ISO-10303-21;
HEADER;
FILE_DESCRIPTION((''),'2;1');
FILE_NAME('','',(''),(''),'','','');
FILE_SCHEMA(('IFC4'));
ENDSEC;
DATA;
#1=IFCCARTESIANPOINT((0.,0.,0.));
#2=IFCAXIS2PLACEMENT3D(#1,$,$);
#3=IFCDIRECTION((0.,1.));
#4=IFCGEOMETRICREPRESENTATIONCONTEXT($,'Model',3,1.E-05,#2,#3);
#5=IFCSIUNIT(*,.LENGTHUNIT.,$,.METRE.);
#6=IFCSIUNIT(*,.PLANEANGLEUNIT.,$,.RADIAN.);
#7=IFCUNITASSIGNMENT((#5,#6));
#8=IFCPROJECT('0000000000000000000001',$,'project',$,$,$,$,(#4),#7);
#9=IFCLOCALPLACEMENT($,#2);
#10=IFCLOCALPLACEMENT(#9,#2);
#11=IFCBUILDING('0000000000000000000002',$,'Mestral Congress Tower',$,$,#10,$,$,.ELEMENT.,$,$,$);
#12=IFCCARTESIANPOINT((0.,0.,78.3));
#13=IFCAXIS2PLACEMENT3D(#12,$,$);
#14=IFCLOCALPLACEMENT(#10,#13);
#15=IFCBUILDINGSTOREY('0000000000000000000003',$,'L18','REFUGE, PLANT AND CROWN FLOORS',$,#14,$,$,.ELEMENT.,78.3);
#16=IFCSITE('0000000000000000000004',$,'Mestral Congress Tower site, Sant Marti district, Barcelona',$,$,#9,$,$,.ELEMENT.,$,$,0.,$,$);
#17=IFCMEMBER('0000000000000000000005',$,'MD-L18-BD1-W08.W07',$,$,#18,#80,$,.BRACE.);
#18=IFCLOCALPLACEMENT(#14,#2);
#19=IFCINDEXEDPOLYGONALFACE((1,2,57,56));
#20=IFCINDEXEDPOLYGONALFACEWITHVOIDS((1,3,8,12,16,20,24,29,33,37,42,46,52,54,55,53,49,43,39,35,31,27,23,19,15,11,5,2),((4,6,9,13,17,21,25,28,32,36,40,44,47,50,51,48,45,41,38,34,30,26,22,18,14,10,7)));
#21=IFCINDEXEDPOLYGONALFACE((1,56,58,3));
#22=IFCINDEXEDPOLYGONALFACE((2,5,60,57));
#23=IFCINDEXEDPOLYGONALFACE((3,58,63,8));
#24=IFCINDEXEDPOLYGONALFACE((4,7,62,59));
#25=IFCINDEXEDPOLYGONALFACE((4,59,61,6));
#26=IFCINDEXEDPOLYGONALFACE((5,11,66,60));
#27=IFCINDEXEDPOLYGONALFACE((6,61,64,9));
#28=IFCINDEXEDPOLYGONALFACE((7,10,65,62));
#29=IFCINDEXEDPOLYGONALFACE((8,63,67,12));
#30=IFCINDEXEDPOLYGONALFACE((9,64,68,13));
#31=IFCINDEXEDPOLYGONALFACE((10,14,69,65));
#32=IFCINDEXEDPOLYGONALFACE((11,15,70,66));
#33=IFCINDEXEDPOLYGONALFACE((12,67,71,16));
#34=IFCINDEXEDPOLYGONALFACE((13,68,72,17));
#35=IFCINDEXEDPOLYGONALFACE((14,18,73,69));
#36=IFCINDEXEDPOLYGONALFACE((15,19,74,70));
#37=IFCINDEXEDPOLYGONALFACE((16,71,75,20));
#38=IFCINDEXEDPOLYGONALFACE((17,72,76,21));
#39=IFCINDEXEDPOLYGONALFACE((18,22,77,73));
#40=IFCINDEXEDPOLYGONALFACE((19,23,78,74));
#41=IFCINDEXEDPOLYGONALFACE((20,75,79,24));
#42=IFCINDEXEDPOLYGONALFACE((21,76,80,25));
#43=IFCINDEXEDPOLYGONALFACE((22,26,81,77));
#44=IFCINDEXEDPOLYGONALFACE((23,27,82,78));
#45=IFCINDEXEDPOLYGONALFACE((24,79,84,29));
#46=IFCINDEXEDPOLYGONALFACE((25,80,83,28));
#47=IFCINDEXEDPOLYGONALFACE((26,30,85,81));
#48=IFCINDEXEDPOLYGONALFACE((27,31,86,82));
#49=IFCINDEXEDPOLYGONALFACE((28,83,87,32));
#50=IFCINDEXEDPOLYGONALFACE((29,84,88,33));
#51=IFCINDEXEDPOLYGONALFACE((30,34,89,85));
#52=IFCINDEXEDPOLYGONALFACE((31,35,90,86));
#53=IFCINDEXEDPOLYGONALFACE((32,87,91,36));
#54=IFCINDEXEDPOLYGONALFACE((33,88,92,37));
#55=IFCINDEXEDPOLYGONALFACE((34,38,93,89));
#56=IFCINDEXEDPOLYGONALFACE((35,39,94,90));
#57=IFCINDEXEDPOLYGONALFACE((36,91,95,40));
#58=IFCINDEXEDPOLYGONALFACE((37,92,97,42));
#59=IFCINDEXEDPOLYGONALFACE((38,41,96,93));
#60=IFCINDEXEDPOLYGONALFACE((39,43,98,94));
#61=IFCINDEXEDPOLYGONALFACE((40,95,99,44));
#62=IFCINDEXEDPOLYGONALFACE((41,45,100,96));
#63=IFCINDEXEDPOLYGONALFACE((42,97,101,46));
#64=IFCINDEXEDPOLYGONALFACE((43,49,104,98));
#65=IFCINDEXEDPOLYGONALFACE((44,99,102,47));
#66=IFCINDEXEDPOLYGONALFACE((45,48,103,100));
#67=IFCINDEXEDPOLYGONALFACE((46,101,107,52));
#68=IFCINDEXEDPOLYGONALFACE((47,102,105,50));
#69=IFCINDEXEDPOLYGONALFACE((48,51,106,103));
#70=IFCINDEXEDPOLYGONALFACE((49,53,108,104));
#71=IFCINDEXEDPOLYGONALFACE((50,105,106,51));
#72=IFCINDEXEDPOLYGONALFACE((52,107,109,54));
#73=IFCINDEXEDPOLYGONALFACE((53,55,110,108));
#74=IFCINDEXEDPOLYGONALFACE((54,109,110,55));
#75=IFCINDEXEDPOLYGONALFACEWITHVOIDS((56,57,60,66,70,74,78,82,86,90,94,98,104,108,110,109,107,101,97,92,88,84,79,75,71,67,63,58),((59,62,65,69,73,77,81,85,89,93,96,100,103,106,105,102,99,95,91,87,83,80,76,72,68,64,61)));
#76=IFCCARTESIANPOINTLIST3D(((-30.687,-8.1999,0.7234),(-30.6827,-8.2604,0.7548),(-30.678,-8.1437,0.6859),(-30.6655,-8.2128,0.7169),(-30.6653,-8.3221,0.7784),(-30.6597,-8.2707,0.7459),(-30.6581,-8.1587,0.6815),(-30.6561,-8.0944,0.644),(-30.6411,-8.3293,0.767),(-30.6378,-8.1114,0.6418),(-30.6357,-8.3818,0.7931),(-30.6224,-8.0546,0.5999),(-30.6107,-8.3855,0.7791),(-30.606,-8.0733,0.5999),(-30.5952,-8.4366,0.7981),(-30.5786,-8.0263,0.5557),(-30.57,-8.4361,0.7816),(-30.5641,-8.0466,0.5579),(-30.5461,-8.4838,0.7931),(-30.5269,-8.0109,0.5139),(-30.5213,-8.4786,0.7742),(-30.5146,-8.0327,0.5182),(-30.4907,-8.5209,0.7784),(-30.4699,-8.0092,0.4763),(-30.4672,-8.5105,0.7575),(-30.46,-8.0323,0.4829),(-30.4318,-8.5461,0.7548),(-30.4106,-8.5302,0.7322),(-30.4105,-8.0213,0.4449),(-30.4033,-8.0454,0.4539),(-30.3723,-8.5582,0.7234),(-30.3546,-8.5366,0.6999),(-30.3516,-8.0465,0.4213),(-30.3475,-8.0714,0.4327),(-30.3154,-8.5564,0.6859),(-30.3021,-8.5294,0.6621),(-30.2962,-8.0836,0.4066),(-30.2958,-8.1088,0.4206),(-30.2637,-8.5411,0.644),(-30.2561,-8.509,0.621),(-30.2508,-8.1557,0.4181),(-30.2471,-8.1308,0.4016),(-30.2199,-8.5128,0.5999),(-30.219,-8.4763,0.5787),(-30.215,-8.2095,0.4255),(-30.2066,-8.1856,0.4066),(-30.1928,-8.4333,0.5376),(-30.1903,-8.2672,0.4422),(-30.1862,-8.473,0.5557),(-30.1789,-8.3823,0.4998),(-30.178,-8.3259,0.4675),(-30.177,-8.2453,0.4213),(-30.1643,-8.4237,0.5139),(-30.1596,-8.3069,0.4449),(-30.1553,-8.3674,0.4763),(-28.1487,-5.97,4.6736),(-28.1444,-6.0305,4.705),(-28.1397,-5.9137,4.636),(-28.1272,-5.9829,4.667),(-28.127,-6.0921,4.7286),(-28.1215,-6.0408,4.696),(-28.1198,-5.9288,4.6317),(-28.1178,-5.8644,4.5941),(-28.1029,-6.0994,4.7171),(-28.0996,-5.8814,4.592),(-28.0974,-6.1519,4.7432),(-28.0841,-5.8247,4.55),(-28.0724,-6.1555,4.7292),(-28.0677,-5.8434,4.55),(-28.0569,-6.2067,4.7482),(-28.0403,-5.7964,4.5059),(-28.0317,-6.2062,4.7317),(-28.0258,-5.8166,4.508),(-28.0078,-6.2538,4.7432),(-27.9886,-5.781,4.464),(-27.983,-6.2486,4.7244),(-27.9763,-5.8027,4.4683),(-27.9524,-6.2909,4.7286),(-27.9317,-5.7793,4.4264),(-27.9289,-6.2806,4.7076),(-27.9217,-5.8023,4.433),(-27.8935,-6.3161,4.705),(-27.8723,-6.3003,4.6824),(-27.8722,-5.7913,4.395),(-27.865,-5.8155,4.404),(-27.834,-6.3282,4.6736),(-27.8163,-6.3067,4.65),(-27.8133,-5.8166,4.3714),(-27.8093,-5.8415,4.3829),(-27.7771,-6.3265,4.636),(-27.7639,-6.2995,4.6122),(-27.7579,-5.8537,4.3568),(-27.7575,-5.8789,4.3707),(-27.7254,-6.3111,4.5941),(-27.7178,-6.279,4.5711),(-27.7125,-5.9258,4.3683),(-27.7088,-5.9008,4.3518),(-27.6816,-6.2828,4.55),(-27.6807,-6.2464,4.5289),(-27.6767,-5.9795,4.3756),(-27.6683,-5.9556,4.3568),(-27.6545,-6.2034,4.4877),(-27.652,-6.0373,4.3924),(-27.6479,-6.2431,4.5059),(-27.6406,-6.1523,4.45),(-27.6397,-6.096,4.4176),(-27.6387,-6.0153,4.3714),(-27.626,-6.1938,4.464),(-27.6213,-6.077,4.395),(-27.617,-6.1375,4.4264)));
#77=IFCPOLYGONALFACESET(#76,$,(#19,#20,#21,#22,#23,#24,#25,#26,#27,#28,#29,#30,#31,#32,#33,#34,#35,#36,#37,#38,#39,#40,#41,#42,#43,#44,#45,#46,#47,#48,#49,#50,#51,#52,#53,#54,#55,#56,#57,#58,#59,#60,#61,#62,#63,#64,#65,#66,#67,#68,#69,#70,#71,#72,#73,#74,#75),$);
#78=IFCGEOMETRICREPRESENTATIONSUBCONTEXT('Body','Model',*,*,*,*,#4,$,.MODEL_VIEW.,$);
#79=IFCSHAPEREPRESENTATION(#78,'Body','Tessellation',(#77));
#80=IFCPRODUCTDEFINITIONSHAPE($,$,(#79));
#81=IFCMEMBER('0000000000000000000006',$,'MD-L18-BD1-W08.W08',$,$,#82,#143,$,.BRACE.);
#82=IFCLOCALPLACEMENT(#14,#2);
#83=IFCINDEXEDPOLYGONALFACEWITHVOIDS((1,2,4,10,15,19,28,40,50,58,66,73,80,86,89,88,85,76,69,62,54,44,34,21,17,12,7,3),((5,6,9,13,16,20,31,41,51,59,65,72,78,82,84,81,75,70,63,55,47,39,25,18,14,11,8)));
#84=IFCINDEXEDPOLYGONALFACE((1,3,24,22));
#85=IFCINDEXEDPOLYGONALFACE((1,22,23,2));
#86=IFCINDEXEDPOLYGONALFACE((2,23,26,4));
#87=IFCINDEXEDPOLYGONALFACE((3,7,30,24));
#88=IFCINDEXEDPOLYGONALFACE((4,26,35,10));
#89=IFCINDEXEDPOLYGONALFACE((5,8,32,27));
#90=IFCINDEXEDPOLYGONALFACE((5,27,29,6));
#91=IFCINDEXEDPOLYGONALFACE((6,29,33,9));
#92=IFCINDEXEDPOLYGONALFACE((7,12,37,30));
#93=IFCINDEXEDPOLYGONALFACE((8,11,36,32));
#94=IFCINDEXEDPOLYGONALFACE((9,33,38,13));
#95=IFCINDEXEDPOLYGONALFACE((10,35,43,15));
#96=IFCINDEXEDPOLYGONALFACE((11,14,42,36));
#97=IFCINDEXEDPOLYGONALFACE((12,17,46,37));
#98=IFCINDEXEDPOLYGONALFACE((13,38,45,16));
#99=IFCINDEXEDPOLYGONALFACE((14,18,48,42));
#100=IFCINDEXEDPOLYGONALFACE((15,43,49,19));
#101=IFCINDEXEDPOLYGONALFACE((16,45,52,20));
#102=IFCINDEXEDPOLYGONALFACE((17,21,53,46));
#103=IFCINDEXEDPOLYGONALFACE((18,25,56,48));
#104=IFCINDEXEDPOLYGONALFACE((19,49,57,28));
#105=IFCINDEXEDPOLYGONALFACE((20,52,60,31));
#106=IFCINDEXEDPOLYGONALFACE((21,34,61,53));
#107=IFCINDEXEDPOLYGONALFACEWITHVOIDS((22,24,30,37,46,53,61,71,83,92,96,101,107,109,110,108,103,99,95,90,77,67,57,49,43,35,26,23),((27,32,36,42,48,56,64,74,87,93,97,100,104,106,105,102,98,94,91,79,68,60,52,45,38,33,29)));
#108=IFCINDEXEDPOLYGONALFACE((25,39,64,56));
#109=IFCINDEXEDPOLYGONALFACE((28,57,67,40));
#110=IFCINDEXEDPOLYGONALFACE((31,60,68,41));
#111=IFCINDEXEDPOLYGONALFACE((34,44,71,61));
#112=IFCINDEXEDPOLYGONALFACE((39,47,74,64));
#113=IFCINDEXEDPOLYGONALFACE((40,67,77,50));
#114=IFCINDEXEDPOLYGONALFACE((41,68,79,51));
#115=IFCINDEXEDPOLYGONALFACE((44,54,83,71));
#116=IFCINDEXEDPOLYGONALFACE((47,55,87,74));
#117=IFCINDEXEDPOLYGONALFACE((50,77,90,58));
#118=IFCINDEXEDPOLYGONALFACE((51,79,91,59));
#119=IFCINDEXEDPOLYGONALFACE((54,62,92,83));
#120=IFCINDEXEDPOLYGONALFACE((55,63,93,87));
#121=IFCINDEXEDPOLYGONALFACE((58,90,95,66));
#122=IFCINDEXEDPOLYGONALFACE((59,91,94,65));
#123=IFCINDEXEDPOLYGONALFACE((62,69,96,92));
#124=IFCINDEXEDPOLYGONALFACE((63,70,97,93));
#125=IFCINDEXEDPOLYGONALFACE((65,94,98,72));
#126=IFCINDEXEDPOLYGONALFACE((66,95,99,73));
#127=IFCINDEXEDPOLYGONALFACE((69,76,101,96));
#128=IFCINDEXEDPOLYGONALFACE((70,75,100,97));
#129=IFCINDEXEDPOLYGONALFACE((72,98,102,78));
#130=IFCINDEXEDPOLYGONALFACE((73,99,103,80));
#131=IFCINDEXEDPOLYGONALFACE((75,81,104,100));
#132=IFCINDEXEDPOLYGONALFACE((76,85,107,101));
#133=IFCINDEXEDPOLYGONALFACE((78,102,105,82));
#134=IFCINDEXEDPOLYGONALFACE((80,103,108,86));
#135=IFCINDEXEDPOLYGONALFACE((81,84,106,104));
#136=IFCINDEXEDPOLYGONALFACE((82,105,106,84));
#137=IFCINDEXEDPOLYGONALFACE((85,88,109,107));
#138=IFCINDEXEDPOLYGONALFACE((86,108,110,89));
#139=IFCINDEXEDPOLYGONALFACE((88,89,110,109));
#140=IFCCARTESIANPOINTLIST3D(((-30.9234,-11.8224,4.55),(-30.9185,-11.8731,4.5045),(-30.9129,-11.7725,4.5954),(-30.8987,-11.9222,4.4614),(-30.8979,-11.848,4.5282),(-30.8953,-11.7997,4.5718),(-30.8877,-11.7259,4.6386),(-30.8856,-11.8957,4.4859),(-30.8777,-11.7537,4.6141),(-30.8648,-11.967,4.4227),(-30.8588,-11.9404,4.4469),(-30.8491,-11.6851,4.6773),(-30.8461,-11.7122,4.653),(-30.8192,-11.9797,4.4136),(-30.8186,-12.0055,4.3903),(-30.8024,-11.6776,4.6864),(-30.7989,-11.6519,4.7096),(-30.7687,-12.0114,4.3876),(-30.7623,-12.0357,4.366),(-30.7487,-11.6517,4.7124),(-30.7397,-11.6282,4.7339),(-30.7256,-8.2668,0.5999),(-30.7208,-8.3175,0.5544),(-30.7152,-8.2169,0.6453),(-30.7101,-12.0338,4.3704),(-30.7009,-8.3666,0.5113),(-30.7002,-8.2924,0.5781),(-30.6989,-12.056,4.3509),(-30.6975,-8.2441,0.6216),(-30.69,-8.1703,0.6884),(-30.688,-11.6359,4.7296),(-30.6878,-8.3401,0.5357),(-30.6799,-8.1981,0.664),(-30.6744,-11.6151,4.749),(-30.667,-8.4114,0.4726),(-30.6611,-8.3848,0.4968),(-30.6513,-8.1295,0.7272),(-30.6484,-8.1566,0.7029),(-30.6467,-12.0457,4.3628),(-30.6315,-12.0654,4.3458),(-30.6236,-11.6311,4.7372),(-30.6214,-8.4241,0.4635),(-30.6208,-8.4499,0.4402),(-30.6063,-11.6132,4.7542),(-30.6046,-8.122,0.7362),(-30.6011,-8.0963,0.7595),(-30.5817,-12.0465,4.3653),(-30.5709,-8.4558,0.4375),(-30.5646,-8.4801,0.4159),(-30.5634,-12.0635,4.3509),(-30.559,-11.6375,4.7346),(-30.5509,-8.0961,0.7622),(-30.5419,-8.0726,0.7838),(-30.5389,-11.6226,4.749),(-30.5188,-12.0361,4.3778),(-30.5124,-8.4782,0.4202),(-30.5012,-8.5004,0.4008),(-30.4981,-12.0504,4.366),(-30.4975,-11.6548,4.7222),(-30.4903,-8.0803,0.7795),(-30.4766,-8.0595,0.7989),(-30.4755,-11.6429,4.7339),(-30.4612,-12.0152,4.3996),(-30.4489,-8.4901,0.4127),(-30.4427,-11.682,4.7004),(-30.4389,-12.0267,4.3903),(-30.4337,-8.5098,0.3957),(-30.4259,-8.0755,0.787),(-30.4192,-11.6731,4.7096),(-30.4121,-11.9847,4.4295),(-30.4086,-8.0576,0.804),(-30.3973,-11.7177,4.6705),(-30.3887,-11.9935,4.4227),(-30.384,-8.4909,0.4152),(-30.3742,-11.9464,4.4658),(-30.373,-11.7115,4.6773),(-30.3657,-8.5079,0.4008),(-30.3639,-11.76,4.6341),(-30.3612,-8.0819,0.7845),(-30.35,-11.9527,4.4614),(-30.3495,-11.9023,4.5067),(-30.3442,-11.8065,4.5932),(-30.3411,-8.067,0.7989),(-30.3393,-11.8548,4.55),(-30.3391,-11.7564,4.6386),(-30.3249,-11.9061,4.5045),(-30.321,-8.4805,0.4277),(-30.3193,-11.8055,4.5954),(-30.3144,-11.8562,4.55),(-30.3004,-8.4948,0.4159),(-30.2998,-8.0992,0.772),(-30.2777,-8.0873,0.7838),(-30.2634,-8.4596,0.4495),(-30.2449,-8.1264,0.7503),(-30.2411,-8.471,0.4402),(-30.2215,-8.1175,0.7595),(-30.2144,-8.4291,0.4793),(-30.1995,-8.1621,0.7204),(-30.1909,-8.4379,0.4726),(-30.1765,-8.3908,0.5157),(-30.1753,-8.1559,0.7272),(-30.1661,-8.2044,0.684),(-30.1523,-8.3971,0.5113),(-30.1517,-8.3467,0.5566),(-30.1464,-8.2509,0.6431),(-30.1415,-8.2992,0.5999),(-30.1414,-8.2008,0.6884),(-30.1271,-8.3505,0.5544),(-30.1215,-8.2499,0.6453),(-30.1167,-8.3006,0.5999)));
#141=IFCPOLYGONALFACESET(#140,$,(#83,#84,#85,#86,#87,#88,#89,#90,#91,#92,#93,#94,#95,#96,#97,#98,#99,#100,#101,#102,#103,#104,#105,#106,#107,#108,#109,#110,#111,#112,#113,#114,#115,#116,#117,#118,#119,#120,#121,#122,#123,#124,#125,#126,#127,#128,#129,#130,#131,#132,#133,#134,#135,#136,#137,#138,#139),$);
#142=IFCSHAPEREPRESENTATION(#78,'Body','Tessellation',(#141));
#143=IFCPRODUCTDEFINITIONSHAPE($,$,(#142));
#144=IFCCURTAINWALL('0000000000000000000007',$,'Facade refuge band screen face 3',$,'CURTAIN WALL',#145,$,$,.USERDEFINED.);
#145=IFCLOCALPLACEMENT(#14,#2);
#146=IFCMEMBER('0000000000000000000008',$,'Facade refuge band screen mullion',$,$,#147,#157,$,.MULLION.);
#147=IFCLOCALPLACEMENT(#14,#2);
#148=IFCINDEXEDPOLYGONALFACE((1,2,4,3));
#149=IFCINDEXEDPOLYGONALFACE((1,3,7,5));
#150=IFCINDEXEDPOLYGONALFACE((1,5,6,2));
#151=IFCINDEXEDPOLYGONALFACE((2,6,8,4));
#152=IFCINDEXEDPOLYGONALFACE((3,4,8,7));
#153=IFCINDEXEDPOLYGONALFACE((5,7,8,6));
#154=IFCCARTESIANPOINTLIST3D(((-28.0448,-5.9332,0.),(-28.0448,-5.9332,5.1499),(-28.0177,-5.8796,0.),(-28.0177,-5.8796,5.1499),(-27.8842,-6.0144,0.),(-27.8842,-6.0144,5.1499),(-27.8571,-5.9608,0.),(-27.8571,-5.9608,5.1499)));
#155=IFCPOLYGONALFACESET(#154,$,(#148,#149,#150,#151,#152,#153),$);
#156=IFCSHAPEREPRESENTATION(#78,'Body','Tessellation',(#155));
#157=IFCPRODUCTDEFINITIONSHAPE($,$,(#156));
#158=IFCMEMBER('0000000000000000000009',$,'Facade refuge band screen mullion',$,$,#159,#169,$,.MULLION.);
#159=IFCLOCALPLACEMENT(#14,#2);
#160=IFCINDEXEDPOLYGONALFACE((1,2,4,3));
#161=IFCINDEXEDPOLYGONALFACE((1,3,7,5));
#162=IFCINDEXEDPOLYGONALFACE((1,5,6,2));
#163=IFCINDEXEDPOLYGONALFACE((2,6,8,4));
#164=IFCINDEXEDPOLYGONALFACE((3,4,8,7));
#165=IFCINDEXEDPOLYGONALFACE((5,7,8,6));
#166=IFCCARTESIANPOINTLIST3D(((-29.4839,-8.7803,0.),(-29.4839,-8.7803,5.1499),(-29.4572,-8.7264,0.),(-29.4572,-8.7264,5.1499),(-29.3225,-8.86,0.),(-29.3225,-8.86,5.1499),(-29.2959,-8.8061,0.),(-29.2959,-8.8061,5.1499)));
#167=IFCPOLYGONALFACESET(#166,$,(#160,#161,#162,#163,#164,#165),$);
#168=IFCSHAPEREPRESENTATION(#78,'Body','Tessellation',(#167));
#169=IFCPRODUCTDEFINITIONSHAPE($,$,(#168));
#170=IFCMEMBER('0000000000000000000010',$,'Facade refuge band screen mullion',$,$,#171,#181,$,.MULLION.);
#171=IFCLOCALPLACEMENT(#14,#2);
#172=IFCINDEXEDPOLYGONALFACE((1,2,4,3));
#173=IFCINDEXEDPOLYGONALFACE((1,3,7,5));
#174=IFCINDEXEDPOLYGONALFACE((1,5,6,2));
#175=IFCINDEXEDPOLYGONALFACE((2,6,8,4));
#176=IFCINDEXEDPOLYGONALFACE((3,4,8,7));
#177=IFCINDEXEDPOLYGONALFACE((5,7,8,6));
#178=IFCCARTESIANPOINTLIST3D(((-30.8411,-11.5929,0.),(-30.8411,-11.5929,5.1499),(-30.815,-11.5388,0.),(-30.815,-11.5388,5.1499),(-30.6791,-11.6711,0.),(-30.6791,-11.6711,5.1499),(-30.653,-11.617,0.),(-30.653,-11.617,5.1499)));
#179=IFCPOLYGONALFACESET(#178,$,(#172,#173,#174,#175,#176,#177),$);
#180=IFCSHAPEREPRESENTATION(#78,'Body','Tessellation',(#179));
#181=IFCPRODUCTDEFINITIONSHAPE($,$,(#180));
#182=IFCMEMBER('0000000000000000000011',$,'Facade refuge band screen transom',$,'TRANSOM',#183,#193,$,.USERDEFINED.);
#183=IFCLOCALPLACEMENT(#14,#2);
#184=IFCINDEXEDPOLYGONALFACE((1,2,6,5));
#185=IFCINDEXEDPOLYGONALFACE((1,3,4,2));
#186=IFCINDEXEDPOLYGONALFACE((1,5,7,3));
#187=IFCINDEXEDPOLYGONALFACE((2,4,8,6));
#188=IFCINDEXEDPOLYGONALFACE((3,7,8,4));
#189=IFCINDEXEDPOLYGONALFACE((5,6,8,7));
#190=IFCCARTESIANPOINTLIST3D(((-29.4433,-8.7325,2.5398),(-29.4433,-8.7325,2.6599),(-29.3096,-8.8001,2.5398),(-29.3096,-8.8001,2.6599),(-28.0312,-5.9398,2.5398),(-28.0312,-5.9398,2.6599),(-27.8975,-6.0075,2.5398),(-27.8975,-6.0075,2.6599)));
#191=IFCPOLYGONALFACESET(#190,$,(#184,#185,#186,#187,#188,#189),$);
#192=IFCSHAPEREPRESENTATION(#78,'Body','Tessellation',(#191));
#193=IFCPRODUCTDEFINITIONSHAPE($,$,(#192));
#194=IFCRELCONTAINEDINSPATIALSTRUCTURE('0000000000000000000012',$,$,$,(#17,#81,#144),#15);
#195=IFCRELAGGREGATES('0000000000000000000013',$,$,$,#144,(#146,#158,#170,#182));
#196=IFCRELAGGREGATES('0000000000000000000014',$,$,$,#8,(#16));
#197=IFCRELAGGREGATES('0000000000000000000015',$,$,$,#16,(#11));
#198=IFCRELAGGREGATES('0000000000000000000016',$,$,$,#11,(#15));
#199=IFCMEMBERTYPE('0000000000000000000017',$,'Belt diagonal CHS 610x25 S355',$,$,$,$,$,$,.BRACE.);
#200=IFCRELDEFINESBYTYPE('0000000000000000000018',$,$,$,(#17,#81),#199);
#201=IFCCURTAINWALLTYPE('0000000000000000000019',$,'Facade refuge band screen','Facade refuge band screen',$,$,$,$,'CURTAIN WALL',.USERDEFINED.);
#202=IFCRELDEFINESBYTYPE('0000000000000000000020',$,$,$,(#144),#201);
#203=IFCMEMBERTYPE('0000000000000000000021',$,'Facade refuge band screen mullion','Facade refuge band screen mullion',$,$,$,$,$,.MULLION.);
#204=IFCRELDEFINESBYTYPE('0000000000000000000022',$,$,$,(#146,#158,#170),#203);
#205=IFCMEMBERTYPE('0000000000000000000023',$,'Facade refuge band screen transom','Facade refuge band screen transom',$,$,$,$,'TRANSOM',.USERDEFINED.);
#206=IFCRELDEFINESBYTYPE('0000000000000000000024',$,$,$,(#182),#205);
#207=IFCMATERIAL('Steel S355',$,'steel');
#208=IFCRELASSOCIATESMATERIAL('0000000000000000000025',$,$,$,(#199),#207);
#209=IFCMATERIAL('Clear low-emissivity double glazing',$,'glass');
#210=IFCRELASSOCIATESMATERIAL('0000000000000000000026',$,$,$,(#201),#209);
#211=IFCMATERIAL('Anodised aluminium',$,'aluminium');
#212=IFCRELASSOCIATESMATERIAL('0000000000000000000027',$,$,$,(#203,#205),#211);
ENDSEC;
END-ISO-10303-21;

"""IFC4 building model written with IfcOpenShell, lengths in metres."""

from ifc_helpers import new_model, si_unit, direction, frame, origin, origin_2d, place, context, subcontext, project, spatial, rectangle, hollow_circle, extrude, material, material_profile, profile_set, type_object, element, aggregate, save


model = new_model("IFC4")

# Units and contexts
model_context = context("Model", 3, precision=1e-05, world=origin(), true_north=direction((0.0, 1.0)))
body_context = subcontext(model_context, "Body", "Model", "MODEL_VIEW")
ifc_project = project(units=[si_unit("LENGTHUNIT", "METRE"), si_unit("PLANEANGLEUNIT", "RADIAN")], contexts=[model_context])

# Site, building, storey
site_placement = place(None, origin())
site = spatial("IfcSite", under=ifc_project, at=site_placement, Name="Mestral Congress Tower site, Sant Marti district, Barcelona", CompositionType="ELEMENT", RefElevation=0.0)
building_placement = place(site_placement, origin())
building = spatial("IfcBuilding", under=site, at=building_placement, Name="Mestral Congress Tower", CompositionType="ELEMENT")
storey_placement = place(building_placement, frame((0.0, 0.0, 78.3)))
storey = spatial("IfcBuildingStorey", under=building, at=storey_placement, Name="L18", Description="REFUGE, PLANT AND CROWN FLOORS", CompositionType="ELEMENT", Elevation=78.3)

# Members
ifc_material_1 = material(Name="Steel S355", Category="steel")
ifc_material_profile_1 = material_profile(ifc_material_1, hollow_circle(Radius=0.3049, WallThickness=0.0249, at=origin_2d()), Name="CHS 610x25")
ifc_profile_set_1 = profile_set([ifc_material_profile_1], Name="Steel S355")
member_type_1 = type_object("IfcMemberType", Name="Belt diagonal CHS 610x25 S355", PredefinedType="BRACE", material=ifc_profile_set_1)
member_1_placement = place(storey_placement, frame((-30.4211, -8.2837, 0.5999), z_axis=(0.488321, 0.429001, 0.759934), x_axis=(-0.660002, 0.751264, 0.0)))
element("IfcMember", 1, at=member_1_placement, inside=storey, type_object=member_type_1, Name="MD-L18-BD1-W08.W07", PredefinedType="BRACE", context=body_context, shape_type="SweptSolid", body=[
    extrude(hollow_circle(Radius=0.3049, WallThickness=0.0249, at=origin_2d()), origin(), (0.0, 0.0, 1.0), 5.198),
])
member_2_placement = place(storey_placement, frame((-30.4211, -8.2837, 0.5999), z_axis=(-0.037183, -0.668553, 0.742734), x_axis=(0.998457, -0.055531, 0.0)))
element("IfcMember", 2, at=member_2_placement, inside=storey, type_object=member_type_1, Name="MD-L18-BD1-W08.W08", PredefinedType="BRACE", context=body_context, shape_type="SweptSolid", body=[
    extrude(hollow_circle(Radius=0.3049, WallThickness=0.0249, at=origin_2d()), origin(), (0.0, 0.0, 1.0), 5.3184),
])

# Curtain wall, members
ifc_material_2 = material(Name="Clear low-emissivity double glazing", Category="glass")
curtain_wall_type = type_object("IfcCurtainWallType", Name="Facade refuge band screen", Description="Facade refuge band screen", ElementType="CURTAIN WALL", PredefinedType="USERDEFINED", material=ifc_material_2)
curtain_wall_placement = place(storey_placement, origin())
curtain_wall = element("IfcCurtainWall", 3, at=curtain_wall_placement, inside=storey, type_object=curtain_wall_type, Name="Facade refuge band screen face 3", ObjectType="CURTAIN WALL", PredefinedType="USERDEFINED")
ifc_material_3 = material(Name="Anodised aluminium", Category="aluminium")
ifc_material_profile_2 = material_profile(ifc_material_3, rectangle(XDim=0.1799, YDim=0.0601, at=origin_2d()), Name="CW3 mullion 180 x 60")
ifc_profile_set_2 = profile_set([ifc_material_profile_2], Name="Anodised aluminium")
member_type_2 = type_object("IfcMemberType", Name="Facade refuge band screen mullion", Description="Facade refuge band screen mullion", PredefinedType="MULLION", material=ifc_profile_set_2)
member_3_placement = place(storey_placement, frame((-27.9509, -5.947, 0.0), z_axis=(0.0, 0.0, 1.0), x_axis=(-0.892409, 0.451226, 0.0)))
member_3 = element("IfcMember", 4, at=member_3_placement, type_object=member_type_2, Name="Facade refuge band screen mullion", PredefinedType="MULLION", context=body_context, shape_type="SweptSolid", body=[
    extrude(rectangle(XDim=0.1799, YDim=0.0601, at=origin_2d()), origin(), (0.0, 0.0, 1.0), 5.1499),
])
member_4_placement = place(storey_placement, frame((-29.3899, -8.7932, 0.0), z_axis=(0.0, 0.0, 1.0), x_axis=(-0.896542, 0.442959, 0.0)))
member_4 = element("IfcMember", 5, at=member_4_placement, type_object=member_type_2, Name="Facade refuge band screen mullion", PredefinedType="MULLION", context=body_context, shape_type="SweptSolid", body=[
    extrude(rectangle(XDim=0.1799, YDim=0.0601, at=origin_2d()), origin(), (0.0, 0.0, 1.0), 5.1499),
])
member_5_placement = place(storey_placement, frame((-30.7471, -11.605, 0.0), z_axis=(0.0, 0.0, 1.0), x_axis=(-0.900598, 0.434653, 0.0)))
member_5 = element("IfcMember", 6, at=member_5_placement, type_object=member_type_2, Name="Facade refuge band screen mullion", PredefinedType="MULLION", context=body_context, shape_type="SweptSolid", body=[
    extrude(rectangle(XDim=0.1799, YDim=0.0601, at=origin_2d()), origin(), (0.0, 0.0, 1.0), 5.1499),
])
ifc_material_profile_3 = material_profile(ifc_material_3, rectangle(XDim=0.1499, YDim=0.1201, at=origin_2d()), Name="CW3 transom 150 x 120")
ifc_profile_set_3 = profile_set([ifc_material_profile_3], Name="Anodised aluminium")
member_type_3 = type_object("IfcMemberType", Name="Facade refuge band screen transom", Description="Facade refuge band screen transom", ElementType="TRANSOM", PredefinedType="USERDEFINED", material=ifc_profile_set_3)
member_6_placement = place(storey_placement, frame((-27.9644, -5.9736, 2.5999), z_axis=(-0.451235, -0.892405, 0.0), x_axis=(0.892405, -0.451235, 0.0)))
member_6 = element("IfcMember", 7, at=member_6_placement, type_object=member_type_3, Name="Facade refuge band screen transom", ObjectType="TRANSOM", PredefinedType="USERDEFINED", context=body_context, shape_type="SweptSolid", body=[
    extrude(rectangle(XDim=0.1499, YDim=0.1201, at=origin_2d()), origin(), (0.0, 0.0, 1.0), 3.1294),
])

aggregate(curtain_wall, [member_3, member_4, member_5, member_6])

save(model, "model.ifc")
